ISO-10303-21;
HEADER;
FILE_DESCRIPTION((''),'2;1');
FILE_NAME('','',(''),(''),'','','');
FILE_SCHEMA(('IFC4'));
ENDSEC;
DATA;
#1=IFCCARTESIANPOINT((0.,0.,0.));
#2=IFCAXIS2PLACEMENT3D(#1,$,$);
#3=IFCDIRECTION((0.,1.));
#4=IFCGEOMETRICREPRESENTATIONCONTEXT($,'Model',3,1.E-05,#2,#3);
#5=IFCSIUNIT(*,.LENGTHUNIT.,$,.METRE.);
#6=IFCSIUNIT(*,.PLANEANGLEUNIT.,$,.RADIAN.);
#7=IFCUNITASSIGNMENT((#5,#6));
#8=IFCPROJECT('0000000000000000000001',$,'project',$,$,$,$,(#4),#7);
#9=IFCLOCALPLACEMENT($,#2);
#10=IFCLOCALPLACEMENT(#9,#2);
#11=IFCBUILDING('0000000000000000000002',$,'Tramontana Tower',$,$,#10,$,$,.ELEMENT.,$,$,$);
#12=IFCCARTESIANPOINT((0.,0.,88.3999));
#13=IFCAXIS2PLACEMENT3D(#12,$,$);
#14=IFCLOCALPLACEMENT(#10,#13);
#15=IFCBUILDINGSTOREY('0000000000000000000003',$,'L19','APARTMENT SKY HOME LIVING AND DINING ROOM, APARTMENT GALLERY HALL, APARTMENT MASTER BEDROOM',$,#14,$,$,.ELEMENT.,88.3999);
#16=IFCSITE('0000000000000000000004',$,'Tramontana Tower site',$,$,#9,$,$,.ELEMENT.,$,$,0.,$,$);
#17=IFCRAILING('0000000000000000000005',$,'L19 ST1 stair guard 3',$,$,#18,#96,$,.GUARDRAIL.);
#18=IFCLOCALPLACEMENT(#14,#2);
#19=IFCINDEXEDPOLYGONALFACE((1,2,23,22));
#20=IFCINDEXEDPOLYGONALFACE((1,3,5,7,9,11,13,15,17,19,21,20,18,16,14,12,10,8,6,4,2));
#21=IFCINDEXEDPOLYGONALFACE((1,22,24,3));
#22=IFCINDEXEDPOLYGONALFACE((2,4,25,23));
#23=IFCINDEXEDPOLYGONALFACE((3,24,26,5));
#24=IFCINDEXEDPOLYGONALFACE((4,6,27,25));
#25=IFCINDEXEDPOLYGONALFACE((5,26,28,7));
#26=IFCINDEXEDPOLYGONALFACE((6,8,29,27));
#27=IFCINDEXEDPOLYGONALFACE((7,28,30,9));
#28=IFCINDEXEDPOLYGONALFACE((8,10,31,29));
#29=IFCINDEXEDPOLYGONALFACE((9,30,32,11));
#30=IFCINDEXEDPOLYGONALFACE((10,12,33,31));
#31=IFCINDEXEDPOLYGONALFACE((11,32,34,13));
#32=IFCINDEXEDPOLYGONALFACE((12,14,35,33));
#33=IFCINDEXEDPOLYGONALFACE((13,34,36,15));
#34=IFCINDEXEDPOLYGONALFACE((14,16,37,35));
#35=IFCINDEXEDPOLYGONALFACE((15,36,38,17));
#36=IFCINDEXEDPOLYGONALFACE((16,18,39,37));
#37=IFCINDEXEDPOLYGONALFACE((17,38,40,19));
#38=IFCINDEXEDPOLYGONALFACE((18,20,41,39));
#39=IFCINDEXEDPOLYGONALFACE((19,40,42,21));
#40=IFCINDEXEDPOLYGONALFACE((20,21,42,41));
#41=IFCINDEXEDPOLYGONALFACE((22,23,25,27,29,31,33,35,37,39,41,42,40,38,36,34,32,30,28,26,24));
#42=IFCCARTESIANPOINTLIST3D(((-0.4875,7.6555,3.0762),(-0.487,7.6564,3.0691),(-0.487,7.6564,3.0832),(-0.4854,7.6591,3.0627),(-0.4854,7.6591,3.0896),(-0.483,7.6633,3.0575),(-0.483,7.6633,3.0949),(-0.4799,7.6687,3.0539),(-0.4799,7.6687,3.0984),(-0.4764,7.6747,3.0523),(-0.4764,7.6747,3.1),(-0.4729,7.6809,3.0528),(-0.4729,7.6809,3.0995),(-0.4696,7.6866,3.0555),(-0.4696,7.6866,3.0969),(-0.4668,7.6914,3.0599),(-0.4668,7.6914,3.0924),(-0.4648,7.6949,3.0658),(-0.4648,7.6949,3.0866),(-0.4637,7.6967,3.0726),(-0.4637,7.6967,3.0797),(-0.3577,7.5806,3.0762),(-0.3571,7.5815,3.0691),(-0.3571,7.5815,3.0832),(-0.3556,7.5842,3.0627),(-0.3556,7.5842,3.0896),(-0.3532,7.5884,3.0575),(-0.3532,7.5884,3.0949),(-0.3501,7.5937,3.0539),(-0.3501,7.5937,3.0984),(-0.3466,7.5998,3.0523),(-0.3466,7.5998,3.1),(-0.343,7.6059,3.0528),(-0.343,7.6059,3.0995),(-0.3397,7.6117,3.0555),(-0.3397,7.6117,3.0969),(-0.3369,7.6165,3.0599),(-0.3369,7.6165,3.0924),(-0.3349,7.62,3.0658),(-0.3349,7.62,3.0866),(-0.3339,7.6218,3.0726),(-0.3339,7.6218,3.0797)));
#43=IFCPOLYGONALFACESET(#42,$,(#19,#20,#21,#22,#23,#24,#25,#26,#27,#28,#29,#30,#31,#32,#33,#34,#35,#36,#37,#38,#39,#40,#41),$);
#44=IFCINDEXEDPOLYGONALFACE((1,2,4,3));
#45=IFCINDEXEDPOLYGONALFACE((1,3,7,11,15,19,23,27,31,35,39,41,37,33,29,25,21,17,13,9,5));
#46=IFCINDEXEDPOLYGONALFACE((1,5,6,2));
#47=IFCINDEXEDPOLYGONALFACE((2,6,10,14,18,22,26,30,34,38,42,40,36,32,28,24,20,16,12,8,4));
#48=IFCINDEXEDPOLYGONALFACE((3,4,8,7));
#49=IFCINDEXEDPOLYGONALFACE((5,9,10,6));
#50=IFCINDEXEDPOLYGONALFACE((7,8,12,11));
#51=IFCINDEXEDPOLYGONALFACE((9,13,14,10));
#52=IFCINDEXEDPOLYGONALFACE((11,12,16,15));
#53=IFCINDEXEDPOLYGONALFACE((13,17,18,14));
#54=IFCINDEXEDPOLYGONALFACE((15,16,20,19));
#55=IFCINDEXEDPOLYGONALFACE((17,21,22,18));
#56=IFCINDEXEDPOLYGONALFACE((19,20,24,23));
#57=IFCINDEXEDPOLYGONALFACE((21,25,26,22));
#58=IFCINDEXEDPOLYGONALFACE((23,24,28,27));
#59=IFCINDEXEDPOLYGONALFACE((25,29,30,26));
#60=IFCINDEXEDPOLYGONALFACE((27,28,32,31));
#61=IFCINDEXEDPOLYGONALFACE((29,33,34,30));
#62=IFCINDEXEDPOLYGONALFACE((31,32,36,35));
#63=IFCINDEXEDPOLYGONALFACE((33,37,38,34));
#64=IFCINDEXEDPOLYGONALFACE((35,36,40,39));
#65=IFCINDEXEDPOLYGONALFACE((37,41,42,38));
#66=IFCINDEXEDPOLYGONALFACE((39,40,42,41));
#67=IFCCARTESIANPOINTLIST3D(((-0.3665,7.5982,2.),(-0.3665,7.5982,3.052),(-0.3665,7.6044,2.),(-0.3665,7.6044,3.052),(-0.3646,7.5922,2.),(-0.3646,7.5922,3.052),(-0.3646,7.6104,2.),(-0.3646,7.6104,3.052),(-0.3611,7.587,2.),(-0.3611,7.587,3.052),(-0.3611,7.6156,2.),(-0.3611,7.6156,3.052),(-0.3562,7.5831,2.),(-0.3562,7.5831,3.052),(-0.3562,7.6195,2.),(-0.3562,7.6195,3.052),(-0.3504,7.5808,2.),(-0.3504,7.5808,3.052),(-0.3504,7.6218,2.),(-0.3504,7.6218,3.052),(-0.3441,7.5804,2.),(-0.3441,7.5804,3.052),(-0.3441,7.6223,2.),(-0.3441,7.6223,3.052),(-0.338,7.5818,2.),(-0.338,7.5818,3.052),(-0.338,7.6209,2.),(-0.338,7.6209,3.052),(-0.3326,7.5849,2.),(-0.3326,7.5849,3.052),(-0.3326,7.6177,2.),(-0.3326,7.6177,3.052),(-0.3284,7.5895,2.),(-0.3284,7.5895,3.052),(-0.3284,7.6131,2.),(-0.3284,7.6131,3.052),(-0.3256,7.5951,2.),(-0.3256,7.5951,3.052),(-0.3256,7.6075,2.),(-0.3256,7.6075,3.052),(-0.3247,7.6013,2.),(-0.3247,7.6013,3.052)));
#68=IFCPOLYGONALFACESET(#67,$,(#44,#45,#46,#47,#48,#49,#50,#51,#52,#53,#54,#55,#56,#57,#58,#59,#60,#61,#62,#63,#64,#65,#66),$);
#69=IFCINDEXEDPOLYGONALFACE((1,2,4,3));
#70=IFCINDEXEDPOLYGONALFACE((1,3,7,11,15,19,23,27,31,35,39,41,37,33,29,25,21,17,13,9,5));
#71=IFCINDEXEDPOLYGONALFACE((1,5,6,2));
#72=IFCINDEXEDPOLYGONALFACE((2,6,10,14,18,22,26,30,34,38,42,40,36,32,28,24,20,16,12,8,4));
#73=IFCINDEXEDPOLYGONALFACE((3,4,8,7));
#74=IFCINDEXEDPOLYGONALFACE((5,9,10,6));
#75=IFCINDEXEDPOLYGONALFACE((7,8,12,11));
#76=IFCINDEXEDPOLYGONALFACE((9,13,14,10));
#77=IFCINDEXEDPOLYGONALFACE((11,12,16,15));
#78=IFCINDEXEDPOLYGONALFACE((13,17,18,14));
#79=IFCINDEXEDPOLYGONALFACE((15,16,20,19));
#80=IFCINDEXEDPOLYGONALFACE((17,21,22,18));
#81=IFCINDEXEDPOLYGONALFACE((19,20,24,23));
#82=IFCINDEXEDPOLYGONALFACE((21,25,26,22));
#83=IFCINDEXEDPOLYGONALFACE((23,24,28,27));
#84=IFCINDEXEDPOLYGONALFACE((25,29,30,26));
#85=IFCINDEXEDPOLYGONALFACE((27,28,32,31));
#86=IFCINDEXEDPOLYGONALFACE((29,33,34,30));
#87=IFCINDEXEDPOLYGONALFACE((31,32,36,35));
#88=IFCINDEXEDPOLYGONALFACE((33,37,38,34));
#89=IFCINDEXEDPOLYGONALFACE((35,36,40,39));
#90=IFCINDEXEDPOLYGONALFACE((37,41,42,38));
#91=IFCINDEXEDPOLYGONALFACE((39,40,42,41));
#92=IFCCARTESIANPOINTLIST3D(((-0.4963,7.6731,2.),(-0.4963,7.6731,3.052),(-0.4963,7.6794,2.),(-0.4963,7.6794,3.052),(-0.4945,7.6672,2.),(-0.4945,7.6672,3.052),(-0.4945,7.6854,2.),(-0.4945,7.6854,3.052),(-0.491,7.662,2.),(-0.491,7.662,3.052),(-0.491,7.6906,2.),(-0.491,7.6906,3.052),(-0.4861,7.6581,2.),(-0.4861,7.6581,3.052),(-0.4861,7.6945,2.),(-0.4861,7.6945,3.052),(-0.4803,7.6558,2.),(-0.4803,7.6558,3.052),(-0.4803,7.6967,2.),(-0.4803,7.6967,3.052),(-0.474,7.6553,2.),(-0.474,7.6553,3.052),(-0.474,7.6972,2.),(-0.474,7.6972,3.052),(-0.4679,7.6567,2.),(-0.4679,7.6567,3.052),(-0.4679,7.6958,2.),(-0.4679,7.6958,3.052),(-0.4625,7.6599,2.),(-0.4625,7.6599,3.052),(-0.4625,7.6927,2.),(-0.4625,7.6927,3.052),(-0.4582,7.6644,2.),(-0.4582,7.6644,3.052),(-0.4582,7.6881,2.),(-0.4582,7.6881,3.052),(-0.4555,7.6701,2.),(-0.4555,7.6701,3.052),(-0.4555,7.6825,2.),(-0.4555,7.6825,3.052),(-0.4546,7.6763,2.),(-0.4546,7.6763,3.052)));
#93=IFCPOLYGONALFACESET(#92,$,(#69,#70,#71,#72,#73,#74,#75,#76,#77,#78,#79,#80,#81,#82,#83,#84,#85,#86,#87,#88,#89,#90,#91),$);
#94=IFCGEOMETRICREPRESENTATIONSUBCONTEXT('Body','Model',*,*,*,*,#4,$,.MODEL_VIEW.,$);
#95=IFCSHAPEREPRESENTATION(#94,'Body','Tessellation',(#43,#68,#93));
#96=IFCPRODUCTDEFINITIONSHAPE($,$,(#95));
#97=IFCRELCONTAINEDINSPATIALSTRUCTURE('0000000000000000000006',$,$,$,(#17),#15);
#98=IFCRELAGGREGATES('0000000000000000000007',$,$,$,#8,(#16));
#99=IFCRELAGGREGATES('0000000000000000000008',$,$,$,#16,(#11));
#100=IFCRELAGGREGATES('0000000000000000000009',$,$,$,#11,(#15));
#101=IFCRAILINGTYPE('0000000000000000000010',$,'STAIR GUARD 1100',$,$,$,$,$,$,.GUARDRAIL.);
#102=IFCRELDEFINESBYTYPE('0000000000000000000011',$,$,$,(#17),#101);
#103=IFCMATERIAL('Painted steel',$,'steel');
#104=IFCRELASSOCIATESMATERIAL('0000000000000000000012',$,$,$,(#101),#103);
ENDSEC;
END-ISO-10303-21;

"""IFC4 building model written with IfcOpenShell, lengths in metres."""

from ifc_helpers import new_model, si_unit, direction, frame, origin, origin_2d, place, context, subcontext, project, spatial, circle, extrude, material, type_object, element, save


model = new_model("IFC4")

# Units and contexts
model_context = context("Model", 3, precision=1e-05, world=origin(), true_north=direction((0.0, 1.0)))
body_context = subcontext(model_context, "Body", "Model", "MODEL_VIEW")
ifc_project = project(units=[si_unit("LENGTHUNIT", "METRE"), si_unit("PLANEANGLEUNIT", "RADIAN")], contexts=[model_context])

# Site, building, storey
site_placement = place(None, origin())
site = spatial("IfcSite", under=ifc_project, at=site_placement, Name="Tramontana Tower site", CompositionType="ELEMENT", RefElevation=0.0)
building_placement = place(site_placement, origin())
building = spatial("IfcBuilding", under=site, at=building_placement, Name="Tramontana Tower", CompositionType="ELEMENT")
storey_placement = place(building_placement, frame((0.0, 0.0, 88.3999)))
storey = spatial("IfcBuildingStorey", under=building, at=storey_placement, Name="L19", Description="APARTMENT SKY HOME LIVING AND DINING ROOM, APARTMENT GALLERY HALL, APARTMENT MASTER BEDROOM", CompositionType="ELEMENT", Elevation=88.3999)

# Railing
ifc_material_1 = material(Name="Painted steel", Category="steel")
railing_type_1 = type_object("IfcRailingType", Name="STAIR GUARD 1100", PredefinedType="GUARDRAIL", material=ifc_material_1)
railing_1_placement = place(storey_placement, frame((-0.3457, 7.6013, 2.0)))
element("IfcRailing", 1, at=railing_1_placement, inside=storey, type_object=railing_type_1, Name="L19 ST1 stair guard 3", PredefinedType="GUARDRAIL", context=body_context, shape_type="SweptSolid", body=[
    extrude(circle(Radius=0.0239, at=origin_2d()), frame((0.0, 0.0, 1.0762), z_axis=(-0.866131, 0.499816, 0.0), x_axis=(-0.499816, -0.866131, 0.0)), (0.0, 0.0, 1.0), 0.1499),
    extrude(circle(Radius=0.021, at=origin_2d()), origin(), (0.0, 0.0, 1.0), 1.052),
    extrude(circle(Radius=0.021, at=origin_2d()), frame((-0.1299, 0.075, 0.0)), (0.0, 0.0, 1.0), 1.052),
])

save(model, "model.ifc")
